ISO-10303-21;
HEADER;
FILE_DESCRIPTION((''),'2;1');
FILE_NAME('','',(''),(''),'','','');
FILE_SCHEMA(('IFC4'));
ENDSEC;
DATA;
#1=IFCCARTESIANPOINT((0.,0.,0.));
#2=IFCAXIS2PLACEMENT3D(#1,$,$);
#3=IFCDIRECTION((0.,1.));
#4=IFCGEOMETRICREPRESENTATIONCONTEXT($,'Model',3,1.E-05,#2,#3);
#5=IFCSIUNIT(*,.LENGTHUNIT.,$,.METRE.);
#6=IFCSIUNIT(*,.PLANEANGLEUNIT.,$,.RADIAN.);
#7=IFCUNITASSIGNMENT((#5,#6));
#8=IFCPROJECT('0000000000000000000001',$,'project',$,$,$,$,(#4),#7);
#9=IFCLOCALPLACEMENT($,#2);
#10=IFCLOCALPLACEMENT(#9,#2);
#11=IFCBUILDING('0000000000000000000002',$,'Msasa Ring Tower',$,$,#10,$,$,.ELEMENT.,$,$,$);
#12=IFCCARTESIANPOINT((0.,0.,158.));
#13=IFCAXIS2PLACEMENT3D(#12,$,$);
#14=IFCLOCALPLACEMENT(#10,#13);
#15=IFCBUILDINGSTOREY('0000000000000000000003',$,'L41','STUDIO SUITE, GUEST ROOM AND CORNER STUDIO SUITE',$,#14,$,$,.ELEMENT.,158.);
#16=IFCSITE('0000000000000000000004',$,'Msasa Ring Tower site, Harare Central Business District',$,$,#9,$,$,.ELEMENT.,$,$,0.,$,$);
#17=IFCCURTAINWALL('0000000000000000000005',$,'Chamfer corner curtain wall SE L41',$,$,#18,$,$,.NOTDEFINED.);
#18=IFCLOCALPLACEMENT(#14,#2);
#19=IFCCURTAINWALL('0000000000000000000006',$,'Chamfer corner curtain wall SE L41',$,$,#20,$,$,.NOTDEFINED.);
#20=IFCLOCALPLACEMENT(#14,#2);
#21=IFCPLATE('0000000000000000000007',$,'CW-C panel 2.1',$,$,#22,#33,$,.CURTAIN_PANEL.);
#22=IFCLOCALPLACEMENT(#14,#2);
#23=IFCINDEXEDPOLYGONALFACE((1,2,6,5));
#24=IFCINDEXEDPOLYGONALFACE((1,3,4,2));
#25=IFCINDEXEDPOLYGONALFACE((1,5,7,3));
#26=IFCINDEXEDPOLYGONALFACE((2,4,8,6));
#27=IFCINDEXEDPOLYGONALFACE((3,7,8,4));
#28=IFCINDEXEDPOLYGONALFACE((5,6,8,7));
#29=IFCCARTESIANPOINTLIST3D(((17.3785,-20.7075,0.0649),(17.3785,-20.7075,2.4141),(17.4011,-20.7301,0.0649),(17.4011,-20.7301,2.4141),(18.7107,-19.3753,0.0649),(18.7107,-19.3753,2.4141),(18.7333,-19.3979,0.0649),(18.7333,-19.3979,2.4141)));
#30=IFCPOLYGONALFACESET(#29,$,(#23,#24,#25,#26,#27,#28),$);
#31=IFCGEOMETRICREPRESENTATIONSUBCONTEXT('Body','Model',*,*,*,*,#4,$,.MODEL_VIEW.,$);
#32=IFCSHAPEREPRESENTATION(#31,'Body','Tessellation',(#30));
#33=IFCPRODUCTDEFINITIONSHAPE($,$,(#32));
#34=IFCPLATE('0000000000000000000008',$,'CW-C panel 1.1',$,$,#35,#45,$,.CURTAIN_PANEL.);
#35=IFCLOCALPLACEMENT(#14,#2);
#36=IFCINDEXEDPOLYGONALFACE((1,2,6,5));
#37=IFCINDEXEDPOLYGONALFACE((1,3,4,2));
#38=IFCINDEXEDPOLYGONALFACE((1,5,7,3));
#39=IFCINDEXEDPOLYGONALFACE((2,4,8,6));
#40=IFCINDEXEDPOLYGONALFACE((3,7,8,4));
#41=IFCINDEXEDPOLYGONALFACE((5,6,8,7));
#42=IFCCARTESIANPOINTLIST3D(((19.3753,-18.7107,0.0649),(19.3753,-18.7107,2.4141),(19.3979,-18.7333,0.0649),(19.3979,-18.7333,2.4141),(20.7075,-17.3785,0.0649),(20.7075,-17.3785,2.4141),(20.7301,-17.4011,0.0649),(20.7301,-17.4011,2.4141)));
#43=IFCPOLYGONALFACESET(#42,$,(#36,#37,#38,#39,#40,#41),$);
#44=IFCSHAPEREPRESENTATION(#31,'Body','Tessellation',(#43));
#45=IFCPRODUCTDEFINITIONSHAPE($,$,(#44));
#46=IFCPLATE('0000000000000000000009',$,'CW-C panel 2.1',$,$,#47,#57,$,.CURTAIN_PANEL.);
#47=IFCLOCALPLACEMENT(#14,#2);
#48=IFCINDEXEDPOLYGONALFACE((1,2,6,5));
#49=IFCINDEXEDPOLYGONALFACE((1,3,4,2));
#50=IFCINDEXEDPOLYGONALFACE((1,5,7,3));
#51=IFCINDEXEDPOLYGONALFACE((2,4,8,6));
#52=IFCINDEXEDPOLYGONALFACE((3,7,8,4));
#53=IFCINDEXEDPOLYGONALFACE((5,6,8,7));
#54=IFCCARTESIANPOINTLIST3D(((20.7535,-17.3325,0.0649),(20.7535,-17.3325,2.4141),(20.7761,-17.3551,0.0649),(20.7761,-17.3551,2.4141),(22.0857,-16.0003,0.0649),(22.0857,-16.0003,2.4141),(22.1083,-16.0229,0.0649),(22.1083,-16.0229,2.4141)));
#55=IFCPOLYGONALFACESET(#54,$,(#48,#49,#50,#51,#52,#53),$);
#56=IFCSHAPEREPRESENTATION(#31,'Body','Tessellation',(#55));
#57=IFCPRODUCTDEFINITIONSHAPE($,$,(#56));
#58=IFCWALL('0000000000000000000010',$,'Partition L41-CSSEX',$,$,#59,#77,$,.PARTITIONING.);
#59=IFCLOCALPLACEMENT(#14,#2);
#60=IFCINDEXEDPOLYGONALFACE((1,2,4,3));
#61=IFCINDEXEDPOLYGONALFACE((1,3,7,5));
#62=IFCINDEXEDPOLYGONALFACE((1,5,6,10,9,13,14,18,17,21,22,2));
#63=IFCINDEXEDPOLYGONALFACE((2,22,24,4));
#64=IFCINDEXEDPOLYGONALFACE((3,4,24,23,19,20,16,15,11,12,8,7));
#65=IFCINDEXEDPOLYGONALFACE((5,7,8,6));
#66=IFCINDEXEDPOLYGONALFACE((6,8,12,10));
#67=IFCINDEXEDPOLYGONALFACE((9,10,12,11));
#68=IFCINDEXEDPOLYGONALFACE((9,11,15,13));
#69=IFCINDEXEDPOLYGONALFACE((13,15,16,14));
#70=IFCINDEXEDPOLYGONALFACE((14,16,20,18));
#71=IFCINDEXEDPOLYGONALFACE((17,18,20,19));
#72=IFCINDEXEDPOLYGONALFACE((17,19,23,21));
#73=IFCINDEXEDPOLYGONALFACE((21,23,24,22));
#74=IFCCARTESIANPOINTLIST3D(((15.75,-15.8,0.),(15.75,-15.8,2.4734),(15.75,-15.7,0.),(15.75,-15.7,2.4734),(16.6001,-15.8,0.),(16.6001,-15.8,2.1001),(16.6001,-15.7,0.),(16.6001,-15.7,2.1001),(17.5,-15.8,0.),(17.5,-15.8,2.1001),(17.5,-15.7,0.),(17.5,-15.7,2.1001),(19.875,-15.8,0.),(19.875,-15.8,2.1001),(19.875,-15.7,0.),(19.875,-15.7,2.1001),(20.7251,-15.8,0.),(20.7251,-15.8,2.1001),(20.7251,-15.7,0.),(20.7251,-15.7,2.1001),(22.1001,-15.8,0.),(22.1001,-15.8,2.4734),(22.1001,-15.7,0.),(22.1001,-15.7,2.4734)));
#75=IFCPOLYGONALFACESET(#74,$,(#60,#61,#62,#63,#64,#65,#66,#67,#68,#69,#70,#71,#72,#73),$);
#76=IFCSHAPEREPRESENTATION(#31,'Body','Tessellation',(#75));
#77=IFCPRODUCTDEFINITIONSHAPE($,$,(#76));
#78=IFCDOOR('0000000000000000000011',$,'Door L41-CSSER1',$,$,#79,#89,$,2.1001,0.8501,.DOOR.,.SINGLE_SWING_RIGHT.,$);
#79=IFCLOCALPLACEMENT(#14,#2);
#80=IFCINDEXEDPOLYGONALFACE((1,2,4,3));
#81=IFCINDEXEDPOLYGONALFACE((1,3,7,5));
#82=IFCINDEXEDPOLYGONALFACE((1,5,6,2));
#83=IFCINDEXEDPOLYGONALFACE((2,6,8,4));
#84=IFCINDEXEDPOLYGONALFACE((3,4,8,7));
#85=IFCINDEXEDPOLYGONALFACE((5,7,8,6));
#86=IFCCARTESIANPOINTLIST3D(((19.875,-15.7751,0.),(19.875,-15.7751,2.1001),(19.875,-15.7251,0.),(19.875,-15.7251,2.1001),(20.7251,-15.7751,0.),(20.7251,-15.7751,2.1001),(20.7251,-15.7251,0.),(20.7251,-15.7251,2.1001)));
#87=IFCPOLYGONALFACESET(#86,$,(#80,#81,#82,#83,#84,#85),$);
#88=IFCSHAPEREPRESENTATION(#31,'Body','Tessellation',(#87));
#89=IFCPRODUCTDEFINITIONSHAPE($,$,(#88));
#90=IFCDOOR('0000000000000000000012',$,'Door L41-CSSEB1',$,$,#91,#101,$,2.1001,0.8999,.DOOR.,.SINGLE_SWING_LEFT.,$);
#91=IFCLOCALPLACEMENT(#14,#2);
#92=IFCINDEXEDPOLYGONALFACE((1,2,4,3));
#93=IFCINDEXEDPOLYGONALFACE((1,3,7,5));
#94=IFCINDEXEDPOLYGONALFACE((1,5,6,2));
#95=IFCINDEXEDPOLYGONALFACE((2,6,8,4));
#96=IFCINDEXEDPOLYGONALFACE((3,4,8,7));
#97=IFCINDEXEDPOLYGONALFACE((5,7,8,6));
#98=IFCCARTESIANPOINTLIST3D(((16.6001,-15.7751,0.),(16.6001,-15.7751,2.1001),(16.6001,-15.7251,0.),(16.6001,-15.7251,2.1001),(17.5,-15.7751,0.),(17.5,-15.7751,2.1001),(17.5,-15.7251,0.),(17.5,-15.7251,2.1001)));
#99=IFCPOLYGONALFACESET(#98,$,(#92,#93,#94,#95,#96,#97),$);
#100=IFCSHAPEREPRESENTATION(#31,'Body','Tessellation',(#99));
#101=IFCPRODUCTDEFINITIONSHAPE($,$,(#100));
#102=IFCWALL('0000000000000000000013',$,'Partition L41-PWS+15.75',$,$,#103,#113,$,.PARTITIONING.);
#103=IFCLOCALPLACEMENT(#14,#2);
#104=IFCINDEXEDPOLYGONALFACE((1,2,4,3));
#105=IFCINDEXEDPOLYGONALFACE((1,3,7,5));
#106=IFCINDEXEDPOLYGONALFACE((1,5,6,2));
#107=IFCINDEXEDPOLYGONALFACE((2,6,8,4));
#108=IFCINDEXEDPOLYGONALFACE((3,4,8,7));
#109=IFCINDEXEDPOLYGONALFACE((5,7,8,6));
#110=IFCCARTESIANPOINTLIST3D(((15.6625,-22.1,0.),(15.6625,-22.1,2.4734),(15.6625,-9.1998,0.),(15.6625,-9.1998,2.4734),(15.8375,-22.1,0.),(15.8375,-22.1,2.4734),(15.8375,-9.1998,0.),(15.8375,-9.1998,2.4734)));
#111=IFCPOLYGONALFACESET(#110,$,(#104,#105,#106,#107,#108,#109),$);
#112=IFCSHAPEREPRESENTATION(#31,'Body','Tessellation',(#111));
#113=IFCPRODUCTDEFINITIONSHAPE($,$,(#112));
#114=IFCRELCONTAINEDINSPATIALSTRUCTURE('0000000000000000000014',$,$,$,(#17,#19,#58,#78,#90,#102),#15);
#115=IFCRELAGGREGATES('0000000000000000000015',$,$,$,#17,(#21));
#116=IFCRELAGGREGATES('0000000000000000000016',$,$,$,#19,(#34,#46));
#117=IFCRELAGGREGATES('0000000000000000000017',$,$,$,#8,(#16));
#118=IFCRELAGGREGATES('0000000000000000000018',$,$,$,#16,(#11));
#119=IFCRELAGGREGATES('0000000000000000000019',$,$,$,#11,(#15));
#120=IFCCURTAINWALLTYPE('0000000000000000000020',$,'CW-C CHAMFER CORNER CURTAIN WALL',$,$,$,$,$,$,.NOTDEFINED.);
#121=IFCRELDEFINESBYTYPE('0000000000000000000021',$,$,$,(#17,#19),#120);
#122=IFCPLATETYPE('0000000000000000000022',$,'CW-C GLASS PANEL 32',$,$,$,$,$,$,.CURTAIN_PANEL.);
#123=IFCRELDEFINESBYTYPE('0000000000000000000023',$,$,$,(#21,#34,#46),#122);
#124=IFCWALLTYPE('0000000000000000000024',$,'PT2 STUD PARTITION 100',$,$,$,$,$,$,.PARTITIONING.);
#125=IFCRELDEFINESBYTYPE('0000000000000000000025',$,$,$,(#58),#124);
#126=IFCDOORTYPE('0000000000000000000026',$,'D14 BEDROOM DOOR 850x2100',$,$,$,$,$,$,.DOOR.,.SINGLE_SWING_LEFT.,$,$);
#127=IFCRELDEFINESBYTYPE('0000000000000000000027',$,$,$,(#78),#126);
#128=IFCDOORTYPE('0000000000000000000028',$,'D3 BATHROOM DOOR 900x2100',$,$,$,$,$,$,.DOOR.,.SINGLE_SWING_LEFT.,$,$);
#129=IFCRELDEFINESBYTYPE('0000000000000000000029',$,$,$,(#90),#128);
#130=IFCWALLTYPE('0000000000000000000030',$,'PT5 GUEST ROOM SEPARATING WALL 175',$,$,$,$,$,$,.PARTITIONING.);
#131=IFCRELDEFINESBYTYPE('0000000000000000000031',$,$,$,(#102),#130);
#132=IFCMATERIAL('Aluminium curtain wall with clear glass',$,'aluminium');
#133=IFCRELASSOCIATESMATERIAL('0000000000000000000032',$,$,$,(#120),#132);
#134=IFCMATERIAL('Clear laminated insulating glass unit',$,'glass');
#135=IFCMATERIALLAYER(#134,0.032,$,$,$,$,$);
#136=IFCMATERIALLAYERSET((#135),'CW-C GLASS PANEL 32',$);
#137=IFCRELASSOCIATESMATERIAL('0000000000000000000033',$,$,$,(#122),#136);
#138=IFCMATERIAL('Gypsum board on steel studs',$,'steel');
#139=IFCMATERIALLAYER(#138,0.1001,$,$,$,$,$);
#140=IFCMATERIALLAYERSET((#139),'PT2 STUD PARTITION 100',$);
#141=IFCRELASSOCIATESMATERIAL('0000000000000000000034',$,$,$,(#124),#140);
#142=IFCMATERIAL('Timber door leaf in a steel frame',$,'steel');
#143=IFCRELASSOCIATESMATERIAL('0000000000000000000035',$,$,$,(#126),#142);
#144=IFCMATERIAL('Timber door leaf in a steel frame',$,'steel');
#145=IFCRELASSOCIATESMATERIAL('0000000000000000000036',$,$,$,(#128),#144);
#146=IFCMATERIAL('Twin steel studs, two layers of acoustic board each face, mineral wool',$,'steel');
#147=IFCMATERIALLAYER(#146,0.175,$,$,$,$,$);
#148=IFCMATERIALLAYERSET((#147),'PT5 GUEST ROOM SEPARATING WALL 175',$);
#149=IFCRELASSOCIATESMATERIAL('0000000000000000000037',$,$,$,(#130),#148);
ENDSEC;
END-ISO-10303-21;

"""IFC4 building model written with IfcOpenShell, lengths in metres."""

from ifc_helpers import new_model, si_unit, direction, frame, frame_2d, origin, origin_2d, place, context, subcontext, project, spatial, rectangle, extrude, material, layer, layer_set, type_object, element, fill, aggregate, save


model = new_model("IFC4")

# Units and contexts
model_context = context("Model", 3, precision=1e-05, world=origin(), true_north=direction((0.0, 1.0)))
body_context = subcontext(model_context, "Body", "Model", "MODEL_VIEW")
ifc_project = project(units=[si_unit("LENGTHUNIT", "METRE"), si_unit("PLANEANGLEUNIT", "RADIAN")], contexts=[model_context])

# Site, building, storey
site_placement = place(None, origin())
site = spatial("IfcSite", under=ifc_project, at=site_placement, Name="Msasa Ring Tower site, Harare Central Business District", CompositionType="ELEMENT", RefElevation=0.0)
building_placement = place(site_placement, origin())
building = spatial("IfcBuilding", under=site, at=building_placement, Name="Msasa Ring Tower", CompositionType="ELEMENT")
storey_placement = place(building_placement, frame((0.0, 0.0, 158.0)))
storey = spatial("IfcBuildingStorey", under=building, at=storey_placement, Name="L41", Description="STUDIO SUITE, GUEST ROOM AND CORNER STUDIO SUITE", CompositionType="ELEMENT", Elevation=158.0)

# Curtain walls
ifc_material_1 = material(Name="Aluminium curtain wall with clear glass", Category="aluminium")
curtain_wall_type = type_object("IfcCurtainWallType", Name="CW-C CHAMFER CORNER CURTAIN WALL", PredefinedType="NOTDEFINED", material=ifc_material_1)
curtain_wall_1_placement = place(storey_placement, origin())
curtain_wall_1 = element("IfcCurtainWall", 1, at=curtain_wall_1_placement, inside=storey, type_object=curtain_wall_type, Name="Chamfer corner curtain wall SE L41", PredefinedType="NOTDEFINED")
curtain_wall_2_placement = place(storey_placement, origin())
curtain_wall_2 = element("IfcCurtainWall", 2, at=curtain_wall_2_placement, inside=storey, type_object=curtain_wall_type, Name="Chamfer corner curtain wall SE L41", PredefinedType="NOTDEFINED")

# Plates
ifc_material_2 = material(Name="Clear laminated insulating glass unit", Category="glass")
ifc_layer_1 = layer(ifc_material_2, 0.032)
ifc_layer_set_1 = layer_set([ifc_layer_1], Name="CW-C GLASS PANEL 32")
plate_type = type_object("IfcPlateType", Name="CW-C GLASS PANEL 32", PredefinedType="CURTAIN_PANEL", material=ifc_layer_set_1)
plate_1_placement = place(storey_placement, frame((18.0559, -20.0527, 0.0649), z_axis=(0.0, 0.0, 1.0), x_axis=(0.707107, 0.707107, 0.0)))
plate_1 = element("IfcPlate", 3, at=plate_1_placement, type_object=plate_type, Name="CW-C panel 2.1", PredefinedType="CURTAIN_PANEL", context=body_context, shape_type="SweptSolid", body=[
    extrude(rectangle(XDim=1.884, YDim=0.032, at=origin_2d()), origin(), (0.0, 0.0, 1.0), 2.3491),
])
aggregate(curtain_wall_1, [plate_1])
plate_2_placement = place(storey_placement, frame((20.0527, -18.0559, 0.0649), z_axis=(0.0, 0.0, 1.0), x_axis=(0.707107, 0.707107, 0.0)))
plate_2 = element("IfcPlate", 4, at=plate_2_placement, type_object=plate_type, Name="CW-C panel 1.1", PredefinedType="CURTAIN_PANEL", context=body_context, shape_type="SweptSolid", body=[
    extrude(rectangle(XDim=1.884, YDim=0.032, at=origin_2d()), origin(), (0.0, 0.0, 1.0), 2.3491),
])
plate_3_placement = place(storey_placement, frame((21.4309, -16.6777, 0.0649), z_axis=(0.0, 0.0, 1.0), x_axis=(0.707107, 0.707107, 0.0)))
plate_3 = element("IfcPlate", 5, at=plate_3_placement, type_object=plate_type, Name="CW-C panel 2.1", PredefinedType="CURTAIN_PANEL", context=body_context, shape_type="SweptSolid", body=[
    extrude(rectangle(XDim=1.884, YDim=0.032, at=origin_2d()), origin(), (0.0, 0.0, 1.0), 2.3491),
])
aggregate(curtain_wall_2, [plate_2, plate_3])

# Wall, openings, doors
ifc_material_3 = material(Name="Gypsum board on steel studs", Category="steel")
ifc_layer_2 = layer(ifc_material_3, 0.1001)
ifc_layer_set_2 = layer_set([ifc_layer_2], Name="PT2 STUD PARTITION 100")
wall_type_1 = type_object("IfcWallType", Name="PT2 STUD PARTITION 100", PredefinedType="PARTITIONING", material=ifc_layer_set_2)
wall_1_placement = place(storey_placement, frame((15.75, -15.75, 0.0), z_axis=(0.0, 0.0, 1.0), x_axis=(1.0, 0.0, 0.0)))
wall_1 = element("IfcWall", 6, at=wall_1_placement, inside=storey, type_object=wall_type_1, Name="Partition L41-CSSEX", PredefinedType="PARTITIONING", context=body_context, shape_type="SweptSolid", body=[
    extrude(rectangle(XDim=6.3501, YDim=0.1001, at=frame_2d((3.175, 0.0))), origin(), (0.0, 0.0, 1.0), 2.4734),
])
opening_1_placement = place(wall_1_placement, frame((4.125, 0.0, 0.0)))
opening_1 = element("IfcOpeningElement", 7, at=opening_1_placement, cuts=wall_1, PredefinedType="OPENING", context=body_context, shape_type="SweptSolid", body=[
    extrude(rectangle(XDim=0.8501, YDim=2.1001, at=frame_2d((0.425, 1.05))), frame((0.0, 0.0601, 0.0), z_axis=(0.0, -1.0, 0.0), x_axis=(1.0, 0.0, 0.0)), (0.0, 0.0, 1.0), 0.1201),
])
opening_2_placement = place(wall_1_placement, frame((0.8501, 0.0, 0.0)))
opening_2 = element("IfcOpeningElement", 8, at=opening_2_placement, cuts=wall_1, PredefinedType="OPENING", context=body_context, shape_type="SweptSolid", body=[
    extrude(rectangle(XDim=0.8999, YDim=2.1001, at=frame_2d((0.45, 1.05))), frame((0.0, 0.0601, 0.0), z_axis=(0.0, -1.0, 0.0), x_axis=(1.0, 0.0, 0.0)), (0.0, 0.0, 1.0), 0.1201),
])
ifc_material_4 = material(Name="Timber door leaf in a steel frame", Category="steel")
door_type_1 = type_object("IfcDoorType", Name="D14 BEDROOM DOOR 850x2100", OperationType="SINGLE_SWING_LEFT", PredefinedType="DOOR", material=ifc_material_4)
door_1_placement = place(opening_1_placement, origin())
door_1 = element("IfcDoor", 9, at=door_1_placement, inside=storey, type_object=door_type_1, Name="Door L41-CSSER1", OperationType="SINGLE_SWING_RIGHT", OverallHeight=2.1001, OverallWidth=0.8501, PredefinedType="DOOR", context=body_context, shape_type="SweptSolid", body=[
    extrude(rectangle(XDim=0.8501, YDim=2.1001, at=frame_2d((0.425, 1.05))), frame((0.0, 0.0249, 0.0), z_axis=(0.0, -1.0, 0.0), x_axis=(1.0, 0.0, 0.0)), (0.0, 0.0, 1.0), 0.05),
])
fill(opening_1, door_1)
ifc_material_5 = material(Name="Timber door leaf in a steel frame", Category="steel")
door_type_2 = type_object("IfcDoorType", Name="D3 BATHROOM DOOR 900x2100", OperationType="SINGLE_SWING_LEFT", PredefinedType="DOOR", material=ifc_material_5)
door_2_placement = place(opening_2_placement, origin())
door_2 = element("IfcDoor", 10, at=door_2_placement, inside=storey, type_object=door_type_2, Name="Door L41-CSSEB1", OperationType="SINGLE_SWING_LEFT", OverallHeight=2.1001, OverallWidth=0.8999, PredefinedType="DOOR", context=body_context, shape_type="SweptSolid", body=[
    extrude(rectangle(XDim=0.8999, YDim=2.1001, at=frame_2d((0.45, 1.05))), frame((0.0, 0.0249, 0.0), z_axis=(0.0, -1.0, 0.0), x_axis=(1.0, 0.0, 0.0)), (0.0, 0.0, 1.0), 0.05),
])
fill(opening_2, door_2)

# Wall
ifc_material_6 = material(Name="Twin steel studs, two layers of acoustic board each face, mineral wool", Category="steel")
ifc_layer_3 = layer(ifc_material_6, 0.175)
ifc_layer_set_3 = layer_set([ifc_layer_3], Name="PT5 GUEST ROOM SEPARATING WALL 175")
wall_type_2 = type_object("IfcWallType", Name="PT5 GUEST ROOM SEPARATING WALL 175", PredefinedType="PARTITIONING", material=ifc_layer_set_3)
wall_2_placement = place(storey_placement, frame((15.75, -22.1001, 0.0), z_axis=(0.0, 0.0, 1.0), x_axis=(0.0, 1.0, 0.0)))
element("IfcWall", 11, at=wall_2_placement, inside=storey, type_object=wall_type_2, Name="Partition L41-PWS+15.75", PredefinedType="PARTITIONING", context=body_context, shape_type="SweptSolid", body=[
    extrude(rectangle(XDim=12.9001, YDim=0.175, at=frame_2d((6.4502, 0.0))), origin(), (0.0, 0.0, 1.0), 2.4734),
])

save(model, "model.ifc")
